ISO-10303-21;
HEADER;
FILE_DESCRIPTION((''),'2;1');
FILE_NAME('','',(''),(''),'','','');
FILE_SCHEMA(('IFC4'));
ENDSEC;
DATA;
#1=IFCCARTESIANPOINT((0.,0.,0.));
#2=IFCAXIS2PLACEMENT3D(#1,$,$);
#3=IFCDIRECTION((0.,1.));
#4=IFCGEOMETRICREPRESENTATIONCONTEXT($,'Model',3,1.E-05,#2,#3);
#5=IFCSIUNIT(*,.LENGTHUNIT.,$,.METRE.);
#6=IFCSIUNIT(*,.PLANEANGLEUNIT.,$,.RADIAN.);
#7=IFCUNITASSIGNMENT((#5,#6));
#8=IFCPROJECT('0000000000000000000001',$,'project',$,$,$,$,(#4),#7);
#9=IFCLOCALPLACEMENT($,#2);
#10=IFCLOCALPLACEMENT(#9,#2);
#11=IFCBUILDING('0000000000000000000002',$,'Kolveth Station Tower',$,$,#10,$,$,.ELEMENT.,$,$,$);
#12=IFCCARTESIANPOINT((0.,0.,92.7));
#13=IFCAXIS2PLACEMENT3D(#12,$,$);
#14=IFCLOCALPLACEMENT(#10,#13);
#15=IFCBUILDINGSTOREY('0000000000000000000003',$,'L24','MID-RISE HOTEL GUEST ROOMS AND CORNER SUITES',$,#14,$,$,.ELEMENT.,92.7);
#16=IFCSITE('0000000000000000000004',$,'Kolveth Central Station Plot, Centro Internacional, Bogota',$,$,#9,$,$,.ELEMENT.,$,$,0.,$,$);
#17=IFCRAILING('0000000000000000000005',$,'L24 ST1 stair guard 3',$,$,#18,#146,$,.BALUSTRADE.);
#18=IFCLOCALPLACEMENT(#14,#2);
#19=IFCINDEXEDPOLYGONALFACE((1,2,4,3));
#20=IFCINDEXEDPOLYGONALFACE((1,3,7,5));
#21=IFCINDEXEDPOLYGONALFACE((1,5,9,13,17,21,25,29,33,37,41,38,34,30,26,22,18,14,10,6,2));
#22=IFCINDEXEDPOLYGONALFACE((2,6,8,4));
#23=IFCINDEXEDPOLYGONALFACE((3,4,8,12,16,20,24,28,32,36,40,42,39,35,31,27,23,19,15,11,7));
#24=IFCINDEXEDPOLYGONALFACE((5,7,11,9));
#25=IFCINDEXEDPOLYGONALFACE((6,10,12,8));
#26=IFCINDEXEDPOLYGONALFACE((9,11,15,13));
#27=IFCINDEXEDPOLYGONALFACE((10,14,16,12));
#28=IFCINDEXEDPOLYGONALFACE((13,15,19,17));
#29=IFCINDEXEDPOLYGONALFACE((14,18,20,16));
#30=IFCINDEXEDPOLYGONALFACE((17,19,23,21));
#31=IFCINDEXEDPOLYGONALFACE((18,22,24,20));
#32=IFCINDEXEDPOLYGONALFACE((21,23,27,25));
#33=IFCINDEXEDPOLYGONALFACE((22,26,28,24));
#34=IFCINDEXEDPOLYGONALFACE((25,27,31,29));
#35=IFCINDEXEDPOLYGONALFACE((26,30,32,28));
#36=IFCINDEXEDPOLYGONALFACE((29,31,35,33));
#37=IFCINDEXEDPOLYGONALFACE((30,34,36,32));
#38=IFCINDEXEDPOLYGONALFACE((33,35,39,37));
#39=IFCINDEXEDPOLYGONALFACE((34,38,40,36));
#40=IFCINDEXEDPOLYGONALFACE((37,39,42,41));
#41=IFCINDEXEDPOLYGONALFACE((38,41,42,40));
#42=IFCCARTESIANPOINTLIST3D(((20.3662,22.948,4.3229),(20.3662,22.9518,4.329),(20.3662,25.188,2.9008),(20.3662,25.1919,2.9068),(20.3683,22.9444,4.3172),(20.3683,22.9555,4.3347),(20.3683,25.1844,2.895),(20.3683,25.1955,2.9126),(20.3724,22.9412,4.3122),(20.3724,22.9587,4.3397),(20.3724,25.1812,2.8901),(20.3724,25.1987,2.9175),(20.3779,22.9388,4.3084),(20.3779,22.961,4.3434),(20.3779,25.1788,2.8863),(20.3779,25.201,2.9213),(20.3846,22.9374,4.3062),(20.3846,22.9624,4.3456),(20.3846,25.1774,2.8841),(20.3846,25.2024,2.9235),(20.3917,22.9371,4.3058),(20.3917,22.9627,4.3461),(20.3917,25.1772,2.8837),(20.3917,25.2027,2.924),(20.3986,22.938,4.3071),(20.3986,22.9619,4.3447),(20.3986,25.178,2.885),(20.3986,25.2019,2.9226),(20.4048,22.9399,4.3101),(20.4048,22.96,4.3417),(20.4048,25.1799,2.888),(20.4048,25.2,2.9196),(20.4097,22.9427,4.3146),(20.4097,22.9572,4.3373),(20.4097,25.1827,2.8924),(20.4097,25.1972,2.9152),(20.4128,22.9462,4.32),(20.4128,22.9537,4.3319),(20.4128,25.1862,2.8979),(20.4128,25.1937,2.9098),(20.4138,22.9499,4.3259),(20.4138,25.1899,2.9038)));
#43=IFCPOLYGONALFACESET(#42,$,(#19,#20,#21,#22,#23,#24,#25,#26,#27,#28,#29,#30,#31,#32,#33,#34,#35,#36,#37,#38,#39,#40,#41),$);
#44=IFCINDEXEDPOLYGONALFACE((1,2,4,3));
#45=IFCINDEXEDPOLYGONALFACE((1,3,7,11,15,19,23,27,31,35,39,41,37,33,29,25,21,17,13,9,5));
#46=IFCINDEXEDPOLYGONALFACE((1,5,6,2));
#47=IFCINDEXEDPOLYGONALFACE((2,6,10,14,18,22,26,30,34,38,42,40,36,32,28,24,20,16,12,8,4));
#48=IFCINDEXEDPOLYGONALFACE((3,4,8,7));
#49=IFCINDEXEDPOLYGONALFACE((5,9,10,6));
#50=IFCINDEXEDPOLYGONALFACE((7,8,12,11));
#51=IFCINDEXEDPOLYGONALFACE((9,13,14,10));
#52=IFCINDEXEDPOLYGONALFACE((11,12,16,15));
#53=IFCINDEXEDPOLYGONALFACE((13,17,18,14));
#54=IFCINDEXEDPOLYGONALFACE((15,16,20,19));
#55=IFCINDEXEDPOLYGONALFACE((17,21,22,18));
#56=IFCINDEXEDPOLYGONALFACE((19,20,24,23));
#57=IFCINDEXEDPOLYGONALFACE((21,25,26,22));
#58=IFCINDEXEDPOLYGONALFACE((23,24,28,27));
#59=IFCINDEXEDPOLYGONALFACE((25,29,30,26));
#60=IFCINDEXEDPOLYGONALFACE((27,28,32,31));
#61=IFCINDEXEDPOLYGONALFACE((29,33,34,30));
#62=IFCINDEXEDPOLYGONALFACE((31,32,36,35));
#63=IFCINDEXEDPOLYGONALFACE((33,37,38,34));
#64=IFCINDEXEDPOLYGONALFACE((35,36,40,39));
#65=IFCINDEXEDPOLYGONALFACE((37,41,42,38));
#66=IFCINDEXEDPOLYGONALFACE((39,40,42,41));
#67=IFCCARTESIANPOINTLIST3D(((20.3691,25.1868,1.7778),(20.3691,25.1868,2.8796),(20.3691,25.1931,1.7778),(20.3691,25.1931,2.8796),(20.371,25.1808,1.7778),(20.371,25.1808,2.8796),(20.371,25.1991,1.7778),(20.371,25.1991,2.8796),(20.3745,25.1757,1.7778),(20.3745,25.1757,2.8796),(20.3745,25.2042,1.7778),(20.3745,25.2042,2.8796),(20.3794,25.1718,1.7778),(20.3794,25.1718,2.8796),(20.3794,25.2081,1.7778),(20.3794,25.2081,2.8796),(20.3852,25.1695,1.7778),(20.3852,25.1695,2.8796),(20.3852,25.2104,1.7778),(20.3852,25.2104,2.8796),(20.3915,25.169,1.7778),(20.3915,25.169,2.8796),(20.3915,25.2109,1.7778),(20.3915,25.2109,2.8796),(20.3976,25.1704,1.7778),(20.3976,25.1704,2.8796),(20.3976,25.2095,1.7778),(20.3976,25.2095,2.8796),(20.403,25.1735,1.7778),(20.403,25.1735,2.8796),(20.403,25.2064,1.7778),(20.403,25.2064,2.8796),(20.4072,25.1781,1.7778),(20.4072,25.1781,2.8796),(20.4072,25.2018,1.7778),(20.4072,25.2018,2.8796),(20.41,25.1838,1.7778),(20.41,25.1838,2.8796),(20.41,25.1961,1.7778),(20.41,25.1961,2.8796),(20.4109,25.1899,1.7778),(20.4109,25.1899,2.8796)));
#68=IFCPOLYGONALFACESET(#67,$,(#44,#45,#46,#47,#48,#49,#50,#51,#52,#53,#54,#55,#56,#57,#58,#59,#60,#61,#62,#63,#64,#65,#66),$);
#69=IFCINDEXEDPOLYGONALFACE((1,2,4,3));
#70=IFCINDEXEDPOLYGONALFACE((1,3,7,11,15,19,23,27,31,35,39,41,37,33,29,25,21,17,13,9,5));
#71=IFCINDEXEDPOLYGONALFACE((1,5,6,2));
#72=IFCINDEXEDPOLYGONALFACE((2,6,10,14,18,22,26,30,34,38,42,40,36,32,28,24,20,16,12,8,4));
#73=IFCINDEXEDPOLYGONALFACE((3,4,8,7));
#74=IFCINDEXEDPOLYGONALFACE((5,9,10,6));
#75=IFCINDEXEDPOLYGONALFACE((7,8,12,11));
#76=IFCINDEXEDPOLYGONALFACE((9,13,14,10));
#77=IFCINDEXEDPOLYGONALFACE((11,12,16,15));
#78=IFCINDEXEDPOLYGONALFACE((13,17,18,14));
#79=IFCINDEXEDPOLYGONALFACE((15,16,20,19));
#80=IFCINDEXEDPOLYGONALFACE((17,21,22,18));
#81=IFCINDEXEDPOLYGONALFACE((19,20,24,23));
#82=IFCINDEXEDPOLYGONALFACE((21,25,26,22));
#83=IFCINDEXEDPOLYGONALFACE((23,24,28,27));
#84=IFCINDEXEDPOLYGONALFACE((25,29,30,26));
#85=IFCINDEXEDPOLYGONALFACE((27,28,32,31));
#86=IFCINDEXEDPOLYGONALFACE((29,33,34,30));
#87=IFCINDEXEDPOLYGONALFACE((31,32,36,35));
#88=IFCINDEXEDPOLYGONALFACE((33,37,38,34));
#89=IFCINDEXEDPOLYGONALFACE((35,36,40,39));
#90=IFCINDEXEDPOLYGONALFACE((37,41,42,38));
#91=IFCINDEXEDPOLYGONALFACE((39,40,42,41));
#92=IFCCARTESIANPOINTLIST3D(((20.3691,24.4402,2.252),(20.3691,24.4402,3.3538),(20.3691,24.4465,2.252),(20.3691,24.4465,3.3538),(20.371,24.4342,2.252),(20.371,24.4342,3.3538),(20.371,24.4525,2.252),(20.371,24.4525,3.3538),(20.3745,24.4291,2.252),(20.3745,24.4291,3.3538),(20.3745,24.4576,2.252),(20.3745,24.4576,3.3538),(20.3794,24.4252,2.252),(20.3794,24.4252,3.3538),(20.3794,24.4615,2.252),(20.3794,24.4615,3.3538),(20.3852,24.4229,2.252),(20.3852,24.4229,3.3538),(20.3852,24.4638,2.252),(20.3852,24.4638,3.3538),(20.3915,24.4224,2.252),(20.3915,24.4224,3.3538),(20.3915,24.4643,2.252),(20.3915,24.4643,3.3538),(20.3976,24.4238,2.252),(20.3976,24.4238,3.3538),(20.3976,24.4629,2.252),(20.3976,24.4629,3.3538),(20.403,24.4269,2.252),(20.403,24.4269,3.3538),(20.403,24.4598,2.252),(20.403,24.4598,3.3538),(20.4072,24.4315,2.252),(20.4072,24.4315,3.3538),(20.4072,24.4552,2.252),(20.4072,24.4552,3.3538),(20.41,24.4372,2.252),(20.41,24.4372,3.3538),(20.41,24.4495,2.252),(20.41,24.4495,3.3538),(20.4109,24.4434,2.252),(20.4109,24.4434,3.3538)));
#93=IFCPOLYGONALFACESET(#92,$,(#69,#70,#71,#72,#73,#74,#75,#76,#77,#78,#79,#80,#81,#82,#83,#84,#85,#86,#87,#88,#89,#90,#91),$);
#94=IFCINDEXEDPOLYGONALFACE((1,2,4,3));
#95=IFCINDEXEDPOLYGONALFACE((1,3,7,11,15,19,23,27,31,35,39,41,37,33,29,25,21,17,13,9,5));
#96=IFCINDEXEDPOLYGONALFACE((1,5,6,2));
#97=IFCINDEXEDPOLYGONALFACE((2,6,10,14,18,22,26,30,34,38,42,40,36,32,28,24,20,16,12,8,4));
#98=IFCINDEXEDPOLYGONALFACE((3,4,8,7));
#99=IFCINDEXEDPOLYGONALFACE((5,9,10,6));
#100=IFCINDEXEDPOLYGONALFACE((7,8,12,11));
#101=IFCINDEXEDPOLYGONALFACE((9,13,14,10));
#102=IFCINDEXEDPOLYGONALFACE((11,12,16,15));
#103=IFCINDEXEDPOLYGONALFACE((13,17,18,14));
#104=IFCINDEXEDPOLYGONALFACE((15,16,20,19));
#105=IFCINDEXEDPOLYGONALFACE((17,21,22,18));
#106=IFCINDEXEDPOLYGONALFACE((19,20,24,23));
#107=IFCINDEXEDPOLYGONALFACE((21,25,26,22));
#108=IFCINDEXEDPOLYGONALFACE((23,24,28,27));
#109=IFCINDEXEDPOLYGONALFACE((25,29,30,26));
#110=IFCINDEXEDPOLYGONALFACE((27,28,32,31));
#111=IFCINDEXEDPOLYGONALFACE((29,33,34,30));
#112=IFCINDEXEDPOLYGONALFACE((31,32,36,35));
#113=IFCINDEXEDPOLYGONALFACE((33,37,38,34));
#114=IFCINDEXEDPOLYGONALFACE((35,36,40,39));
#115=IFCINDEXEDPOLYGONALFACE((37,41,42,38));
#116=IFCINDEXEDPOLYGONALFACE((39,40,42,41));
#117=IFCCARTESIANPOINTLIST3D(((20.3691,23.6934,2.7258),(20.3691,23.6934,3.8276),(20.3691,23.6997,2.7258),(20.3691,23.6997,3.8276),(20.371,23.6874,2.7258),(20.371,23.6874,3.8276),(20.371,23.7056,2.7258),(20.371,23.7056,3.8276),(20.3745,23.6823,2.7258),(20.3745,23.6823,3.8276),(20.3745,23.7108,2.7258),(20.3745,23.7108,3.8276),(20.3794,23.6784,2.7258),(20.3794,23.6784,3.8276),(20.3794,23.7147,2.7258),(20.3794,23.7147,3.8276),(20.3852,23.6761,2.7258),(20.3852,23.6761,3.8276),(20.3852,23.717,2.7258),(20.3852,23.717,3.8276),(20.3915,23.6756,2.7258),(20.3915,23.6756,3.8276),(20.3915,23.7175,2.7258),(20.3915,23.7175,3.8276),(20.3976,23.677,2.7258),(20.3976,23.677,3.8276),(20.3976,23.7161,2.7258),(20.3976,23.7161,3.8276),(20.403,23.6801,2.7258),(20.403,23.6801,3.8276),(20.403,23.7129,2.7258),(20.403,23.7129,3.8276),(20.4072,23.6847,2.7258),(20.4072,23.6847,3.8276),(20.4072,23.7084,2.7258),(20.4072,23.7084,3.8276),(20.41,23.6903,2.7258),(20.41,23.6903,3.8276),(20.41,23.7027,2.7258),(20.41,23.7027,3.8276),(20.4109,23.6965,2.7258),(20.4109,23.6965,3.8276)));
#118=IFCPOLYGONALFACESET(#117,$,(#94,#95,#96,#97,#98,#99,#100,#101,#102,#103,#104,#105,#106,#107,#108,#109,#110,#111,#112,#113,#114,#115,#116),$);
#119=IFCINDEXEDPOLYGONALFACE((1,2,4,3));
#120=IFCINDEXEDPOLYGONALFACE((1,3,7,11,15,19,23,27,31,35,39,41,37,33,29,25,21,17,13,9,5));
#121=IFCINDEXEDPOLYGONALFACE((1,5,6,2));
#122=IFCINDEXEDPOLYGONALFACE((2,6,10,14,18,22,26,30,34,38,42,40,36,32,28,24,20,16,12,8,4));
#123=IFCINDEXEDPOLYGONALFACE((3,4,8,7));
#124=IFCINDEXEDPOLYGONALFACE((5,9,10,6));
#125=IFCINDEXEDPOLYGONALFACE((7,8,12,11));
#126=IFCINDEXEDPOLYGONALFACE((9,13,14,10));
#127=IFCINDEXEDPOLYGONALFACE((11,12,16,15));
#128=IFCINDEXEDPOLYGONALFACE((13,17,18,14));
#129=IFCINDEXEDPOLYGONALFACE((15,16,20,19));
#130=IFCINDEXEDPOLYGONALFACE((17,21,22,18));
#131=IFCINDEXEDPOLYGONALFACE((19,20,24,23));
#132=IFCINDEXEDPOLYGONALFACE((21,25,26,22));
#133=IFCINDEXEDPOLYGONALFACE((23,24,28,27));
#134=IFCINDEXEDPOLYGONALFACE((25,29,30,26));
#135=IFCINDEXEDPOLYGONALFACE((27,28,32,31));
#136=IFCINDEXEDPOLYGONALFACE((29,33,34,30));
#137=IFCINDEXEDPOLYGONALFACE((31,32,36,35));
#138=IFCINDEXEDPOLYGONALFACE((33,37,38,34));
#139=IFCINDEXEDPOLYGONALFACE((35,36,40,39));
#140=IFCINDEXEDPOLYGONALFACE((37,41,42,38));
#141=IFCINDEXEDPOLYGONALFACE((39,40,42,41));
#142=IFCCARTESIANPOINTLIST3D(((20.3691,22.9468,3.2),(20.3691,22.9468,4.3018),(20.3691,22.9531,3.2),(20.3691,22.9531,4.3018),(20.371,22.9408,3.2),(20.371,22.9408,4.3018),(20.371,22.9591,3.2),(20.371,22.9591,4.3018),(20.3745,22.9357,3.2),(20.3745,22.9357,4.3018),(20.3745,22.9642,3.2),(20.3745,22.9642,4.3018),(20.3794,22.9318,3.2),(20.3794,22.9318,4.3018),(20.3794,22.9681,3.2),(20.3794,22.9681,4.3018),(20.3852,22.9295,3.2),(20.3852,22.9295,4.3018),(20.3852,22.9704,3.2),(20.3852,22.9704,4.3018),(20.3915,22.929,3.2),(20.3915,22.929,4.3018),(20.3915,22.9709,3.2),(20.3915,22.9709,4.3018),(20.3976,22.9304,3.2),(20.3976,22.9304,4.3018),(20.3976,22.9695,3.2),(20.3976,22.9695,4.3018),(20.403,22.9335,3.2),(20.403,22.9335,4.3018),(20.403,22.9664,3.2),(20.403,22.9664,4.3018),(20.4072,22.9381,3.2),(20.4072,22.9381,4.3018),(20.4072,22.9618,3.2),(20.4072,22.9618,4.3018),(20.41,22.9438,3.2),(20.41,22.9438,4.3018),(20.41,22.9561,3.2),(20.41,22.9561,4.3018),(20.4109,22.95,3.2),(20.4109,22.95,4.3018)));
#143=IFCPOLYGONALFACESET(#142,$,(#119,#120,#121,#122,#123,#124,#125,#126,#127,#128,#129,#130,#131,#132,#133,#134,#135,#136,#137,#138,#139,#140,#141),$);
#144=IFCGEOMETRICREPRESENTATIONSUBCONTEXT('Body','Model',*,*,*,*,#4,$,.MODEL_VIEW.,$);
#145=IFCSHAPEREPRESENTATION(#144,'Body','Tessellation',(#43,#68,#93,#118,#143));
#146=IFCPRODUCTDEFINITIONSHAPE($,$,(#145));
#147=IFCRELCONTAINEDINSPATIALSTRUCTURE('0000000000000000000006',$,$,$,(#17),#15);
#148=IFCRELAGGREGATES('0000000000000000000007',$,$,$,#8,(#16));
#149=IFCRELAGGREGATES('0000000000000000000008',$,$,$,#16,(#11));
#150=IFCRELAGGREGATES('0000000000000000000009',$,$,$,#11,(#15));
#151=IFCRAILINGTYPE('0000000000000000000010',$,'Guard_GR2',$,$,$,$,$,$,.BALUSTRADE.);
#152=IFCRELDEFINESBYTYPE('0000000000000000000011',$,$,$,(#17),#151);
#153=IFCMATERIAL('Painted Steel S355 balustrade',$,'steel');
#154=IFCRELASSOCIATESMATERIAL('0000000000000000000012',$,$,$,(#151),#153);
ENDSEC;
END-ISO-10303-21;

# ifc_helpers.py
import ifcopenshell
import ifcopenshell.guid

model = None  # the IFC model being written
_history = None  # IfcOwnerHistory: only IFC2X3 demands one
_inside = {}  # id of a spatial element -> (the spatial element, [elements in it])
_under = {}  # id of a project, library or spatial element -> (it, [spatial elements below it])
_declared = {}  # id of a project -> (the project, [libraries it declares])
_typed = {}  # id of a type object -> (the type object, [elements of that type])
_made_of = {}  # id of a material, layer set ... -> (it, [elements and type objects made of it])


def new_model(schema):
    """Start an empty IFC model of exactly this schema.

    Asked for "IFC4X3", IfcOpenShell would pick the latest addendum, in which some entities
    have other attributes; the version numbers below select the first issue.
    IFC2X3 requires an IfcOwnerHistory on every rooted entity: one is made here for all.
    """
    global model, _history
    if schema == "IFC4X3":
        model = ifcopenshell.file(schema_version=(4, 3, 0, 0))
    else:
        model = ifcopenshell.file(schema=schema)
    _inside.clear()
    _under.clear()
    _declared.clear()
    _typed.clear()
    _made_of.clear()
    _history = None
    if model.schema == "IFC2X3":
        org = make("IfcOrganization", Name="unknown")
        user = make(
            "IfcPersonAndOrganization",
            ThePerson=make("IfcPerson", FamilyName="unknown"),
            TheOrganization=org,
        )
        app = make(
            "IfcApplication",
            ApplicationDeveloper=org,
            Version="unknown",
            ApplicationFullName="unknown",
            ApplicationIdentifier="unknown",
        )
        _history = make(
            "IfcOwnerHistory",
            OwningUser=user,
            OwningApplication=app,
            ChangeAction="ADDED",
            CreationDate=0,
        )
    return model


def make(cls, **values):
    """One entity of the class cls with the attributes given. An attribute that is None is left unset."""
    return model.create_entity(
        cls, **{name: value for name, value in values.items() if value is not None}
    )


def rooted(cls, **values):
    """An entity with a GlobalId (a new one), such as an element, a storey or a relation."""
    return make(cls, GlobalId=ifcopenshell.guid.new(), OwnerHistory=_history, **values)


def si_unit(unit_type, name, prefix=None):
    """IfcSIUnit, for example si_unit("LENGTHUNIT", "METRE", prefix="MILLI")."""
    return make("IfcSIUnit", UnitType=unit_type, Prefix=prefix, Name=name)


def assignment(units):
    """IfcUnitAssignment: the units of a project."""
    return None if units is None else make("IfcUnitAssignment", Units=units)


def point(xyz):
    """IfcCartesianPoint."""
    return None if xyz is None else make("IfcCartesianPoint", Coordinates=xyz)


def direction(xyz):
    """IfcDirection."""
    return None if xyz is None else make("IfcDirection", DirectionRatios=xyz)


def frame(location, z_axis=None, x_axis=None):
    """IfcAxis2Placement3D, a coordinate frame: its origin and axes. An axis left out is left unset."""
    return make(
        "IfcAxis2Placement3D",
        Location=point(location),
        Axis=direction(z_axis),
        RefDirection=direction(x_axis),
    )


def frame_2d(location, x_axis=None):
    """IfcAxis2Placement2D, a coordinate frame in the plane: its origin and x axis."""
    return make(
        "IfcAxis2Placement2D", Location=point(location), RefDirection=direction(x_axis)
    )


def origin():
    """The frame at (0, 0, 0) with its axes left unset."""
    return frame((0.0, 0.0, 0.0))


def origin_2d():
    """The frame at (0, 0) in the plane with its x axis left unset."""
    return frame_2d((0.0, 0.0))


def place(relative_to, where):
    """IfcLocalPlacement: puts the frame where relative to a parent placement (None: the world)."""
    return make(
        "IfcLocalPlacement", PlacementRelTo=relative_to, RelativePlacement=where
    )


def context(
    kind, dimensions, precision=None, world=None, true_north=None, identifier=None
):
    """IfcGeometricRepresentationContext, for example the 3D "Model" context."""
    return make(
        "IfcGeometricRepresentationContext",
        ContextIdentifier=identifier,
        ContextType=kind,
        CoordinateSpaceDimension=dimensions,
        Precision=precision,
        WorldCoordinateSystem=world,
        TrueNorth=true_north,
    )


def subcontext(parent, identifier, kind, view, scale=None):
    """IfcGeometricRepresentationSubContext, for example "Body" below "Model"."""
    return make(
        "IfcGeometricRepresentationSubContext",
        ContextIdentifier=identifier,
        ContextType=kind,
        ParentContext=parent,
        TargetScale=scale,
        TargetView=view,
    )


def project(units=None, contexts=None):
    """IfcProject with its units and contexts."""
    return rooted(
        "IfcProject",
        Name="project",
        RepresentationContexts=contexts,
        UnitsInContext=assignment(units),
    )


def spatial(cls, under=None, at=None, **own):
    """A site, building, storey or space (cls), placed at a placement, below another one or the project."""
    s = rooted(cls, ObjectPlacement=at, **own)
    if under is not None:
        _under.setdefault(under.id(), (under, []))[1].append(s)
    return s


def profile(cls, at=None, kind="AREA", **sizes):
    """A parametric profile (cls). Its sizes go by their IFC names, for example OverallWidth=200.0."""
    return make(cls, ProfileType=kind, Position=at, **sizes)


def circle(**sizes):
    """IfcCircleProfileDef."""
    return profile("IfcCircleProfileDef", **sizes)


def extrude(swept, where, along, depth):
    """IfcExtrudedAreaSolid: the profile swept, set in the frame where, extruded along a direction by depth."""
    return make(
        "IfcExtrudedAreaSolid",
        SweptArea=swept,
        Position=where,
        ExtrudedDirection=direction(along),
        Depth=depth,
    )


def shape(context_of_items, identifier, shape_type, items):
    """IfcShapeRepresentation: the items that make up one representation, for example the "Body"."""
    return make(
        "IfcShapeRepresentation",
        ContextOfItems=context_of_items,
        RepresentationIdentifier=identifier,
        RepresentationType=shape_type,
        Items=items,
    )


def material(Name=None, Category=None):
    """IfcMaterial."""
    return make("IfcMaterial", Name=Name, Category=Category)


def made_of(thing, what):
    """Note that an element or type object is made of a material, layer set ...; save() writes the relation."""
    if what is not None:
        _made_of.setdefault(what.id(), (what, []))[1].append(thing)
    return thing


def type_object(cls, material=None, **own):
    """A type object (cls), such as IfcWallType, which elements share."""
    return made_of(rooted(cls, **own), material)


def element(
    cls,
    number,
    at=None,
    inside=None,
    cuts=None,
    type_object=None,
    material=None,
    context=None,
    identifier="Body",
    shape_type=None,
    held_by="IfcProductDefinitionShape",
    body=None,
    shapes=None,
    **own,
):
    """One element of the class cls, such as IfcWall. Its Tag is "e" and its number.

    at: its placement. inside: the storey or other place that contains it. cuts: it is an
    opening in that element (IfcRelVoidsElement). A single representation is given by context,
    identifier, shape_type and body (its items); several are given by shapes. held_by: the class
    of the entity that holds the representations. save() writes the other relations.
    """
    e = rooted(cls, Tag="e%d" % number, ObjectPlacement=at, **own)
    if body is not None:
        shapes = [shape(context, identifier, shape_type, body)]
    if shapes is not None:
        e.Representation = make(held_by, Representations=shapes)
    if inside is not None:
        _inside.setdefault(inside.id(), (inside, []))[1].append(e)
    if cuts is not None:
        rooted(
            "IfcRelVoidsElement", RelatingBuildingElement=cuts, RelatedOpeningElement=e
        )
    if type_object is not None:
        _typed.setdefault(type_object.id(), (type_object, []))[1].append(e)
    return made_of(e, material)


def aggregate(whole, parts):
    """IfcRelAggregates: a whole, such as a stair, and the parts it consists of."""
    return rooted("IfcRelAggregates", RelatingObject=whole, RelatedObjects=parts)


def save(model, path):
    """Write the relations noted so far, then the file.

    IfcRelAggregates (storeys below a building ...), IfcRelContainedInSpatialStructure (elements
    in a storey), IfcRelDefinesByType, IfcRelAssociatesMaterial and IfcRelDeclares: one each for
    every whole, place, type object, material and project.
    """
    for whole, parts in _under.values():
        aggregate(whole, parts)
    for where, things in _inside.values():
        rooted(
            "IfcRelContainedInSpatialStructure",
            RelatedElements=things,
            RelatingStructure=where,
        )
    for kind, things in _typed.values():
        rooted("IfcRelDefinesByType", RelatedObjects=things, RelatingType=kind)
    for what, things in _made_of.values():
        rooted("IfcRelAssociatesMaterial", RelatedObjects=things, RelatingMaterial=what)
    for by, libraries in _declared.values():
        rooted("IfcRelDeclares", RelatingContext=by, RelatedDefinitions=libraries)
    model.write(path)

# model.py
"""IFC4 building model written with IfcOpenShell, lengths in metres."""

from ifc_helpers import new_model, si_unit, direction, frame, origin, origin_2d, place, context, subcontext, project, spatial, circle, extrude, material, type_object, element, save


model = new_model("IFC4")

# Units and contexts
model_context = context("Model", 3, precision=1e-05, world=origin(), true_north=direction((0.0, 1.0)))
body_context = subcontext(model_context, "Body", "Model", "MODEL_VIEW")
ifc_project = project(units=[si_unit("LENGTHUNIT", "METRE"), si_unit("PLANEANGLEUNIT", "RADIAN")], contexts=[model_context])

# Site, building, storey
site_placement = place(None, origin())
site = spatial("IfcSite", under=ifc_project, at=site_placement, Name="Kolveth Central Station Plot, Centro Internacional, Bogota", CompositionType="ELEMENT", RefElevation=0.0)
building_placement = place(site_placement, origin())
building = spatial("IfcBuilding", under=site, at=building_placement, Name="Kolveth Station Tower", CompositionType="ELEMENT")
storey_placement = place(building_placement, frame((0.0, 0.0, 92.7)))
storey = spatial("IfcBuildingStorey", under=building, at=storey_placement, Name="L24", Description="MID-RISE HOTEL GUEST ROOMS AND CORNER SUITES", CompositionType="ELEMENT", Elevation=92.7)

# Railing
ifc_material_1 = material(Name="Painted Steel S355 balustrade", Category="steel")
railing_type_1 = type_object("IfcRailingType", Name="Guard_GR2", PredefinedType="BALUSTRADE", material=ifc_material_1)
railing_1_placement = place(storey_placement, frame((20.3899, 25.1899, 1.7778)))
element("IfcRailing", 1, at=railing_1_placement, inside=storey, type_object=railing_type_1, Name="L24 ST1 stair guard 3", PredefinedType="BALUSTRADE", context=body_context, shape_type="SweptSolid", body=[
    extrude(circle(Radius=0.0239, at=origin_2d()), frame((0.0, 0.0, 1.126), z_axis=(0.0, -0.844229, 0.535982), x_axis=(1.0, 0.0, 0.0)), (0.0, 0.0, 1.0), 2.6533),
    extrude(circle(Radius=0.021, at=origin_2d()), origin(), (0.0, 0.0, 1.0), 1.1018),
    extrude(circle(Radius=0.021, at=origin_2d()), frame((0.0, -0.7466, 0.4741)), (0.0, 0.0, 1.0), 1.1018),
    extrude(circle(Radius=0.021, at=origin_2d()), frame((0.0, -1.4934, 0.948)), (0.0, 0.0, 1.0), 1.1018),
    extrude(circle(Radius=0.021, at=origin_2d()), frame((0.0, -2.24, 1.4221)), (0.0, 0.0, 1.0), 1.1018),
])

save(model, "model.ifc")
